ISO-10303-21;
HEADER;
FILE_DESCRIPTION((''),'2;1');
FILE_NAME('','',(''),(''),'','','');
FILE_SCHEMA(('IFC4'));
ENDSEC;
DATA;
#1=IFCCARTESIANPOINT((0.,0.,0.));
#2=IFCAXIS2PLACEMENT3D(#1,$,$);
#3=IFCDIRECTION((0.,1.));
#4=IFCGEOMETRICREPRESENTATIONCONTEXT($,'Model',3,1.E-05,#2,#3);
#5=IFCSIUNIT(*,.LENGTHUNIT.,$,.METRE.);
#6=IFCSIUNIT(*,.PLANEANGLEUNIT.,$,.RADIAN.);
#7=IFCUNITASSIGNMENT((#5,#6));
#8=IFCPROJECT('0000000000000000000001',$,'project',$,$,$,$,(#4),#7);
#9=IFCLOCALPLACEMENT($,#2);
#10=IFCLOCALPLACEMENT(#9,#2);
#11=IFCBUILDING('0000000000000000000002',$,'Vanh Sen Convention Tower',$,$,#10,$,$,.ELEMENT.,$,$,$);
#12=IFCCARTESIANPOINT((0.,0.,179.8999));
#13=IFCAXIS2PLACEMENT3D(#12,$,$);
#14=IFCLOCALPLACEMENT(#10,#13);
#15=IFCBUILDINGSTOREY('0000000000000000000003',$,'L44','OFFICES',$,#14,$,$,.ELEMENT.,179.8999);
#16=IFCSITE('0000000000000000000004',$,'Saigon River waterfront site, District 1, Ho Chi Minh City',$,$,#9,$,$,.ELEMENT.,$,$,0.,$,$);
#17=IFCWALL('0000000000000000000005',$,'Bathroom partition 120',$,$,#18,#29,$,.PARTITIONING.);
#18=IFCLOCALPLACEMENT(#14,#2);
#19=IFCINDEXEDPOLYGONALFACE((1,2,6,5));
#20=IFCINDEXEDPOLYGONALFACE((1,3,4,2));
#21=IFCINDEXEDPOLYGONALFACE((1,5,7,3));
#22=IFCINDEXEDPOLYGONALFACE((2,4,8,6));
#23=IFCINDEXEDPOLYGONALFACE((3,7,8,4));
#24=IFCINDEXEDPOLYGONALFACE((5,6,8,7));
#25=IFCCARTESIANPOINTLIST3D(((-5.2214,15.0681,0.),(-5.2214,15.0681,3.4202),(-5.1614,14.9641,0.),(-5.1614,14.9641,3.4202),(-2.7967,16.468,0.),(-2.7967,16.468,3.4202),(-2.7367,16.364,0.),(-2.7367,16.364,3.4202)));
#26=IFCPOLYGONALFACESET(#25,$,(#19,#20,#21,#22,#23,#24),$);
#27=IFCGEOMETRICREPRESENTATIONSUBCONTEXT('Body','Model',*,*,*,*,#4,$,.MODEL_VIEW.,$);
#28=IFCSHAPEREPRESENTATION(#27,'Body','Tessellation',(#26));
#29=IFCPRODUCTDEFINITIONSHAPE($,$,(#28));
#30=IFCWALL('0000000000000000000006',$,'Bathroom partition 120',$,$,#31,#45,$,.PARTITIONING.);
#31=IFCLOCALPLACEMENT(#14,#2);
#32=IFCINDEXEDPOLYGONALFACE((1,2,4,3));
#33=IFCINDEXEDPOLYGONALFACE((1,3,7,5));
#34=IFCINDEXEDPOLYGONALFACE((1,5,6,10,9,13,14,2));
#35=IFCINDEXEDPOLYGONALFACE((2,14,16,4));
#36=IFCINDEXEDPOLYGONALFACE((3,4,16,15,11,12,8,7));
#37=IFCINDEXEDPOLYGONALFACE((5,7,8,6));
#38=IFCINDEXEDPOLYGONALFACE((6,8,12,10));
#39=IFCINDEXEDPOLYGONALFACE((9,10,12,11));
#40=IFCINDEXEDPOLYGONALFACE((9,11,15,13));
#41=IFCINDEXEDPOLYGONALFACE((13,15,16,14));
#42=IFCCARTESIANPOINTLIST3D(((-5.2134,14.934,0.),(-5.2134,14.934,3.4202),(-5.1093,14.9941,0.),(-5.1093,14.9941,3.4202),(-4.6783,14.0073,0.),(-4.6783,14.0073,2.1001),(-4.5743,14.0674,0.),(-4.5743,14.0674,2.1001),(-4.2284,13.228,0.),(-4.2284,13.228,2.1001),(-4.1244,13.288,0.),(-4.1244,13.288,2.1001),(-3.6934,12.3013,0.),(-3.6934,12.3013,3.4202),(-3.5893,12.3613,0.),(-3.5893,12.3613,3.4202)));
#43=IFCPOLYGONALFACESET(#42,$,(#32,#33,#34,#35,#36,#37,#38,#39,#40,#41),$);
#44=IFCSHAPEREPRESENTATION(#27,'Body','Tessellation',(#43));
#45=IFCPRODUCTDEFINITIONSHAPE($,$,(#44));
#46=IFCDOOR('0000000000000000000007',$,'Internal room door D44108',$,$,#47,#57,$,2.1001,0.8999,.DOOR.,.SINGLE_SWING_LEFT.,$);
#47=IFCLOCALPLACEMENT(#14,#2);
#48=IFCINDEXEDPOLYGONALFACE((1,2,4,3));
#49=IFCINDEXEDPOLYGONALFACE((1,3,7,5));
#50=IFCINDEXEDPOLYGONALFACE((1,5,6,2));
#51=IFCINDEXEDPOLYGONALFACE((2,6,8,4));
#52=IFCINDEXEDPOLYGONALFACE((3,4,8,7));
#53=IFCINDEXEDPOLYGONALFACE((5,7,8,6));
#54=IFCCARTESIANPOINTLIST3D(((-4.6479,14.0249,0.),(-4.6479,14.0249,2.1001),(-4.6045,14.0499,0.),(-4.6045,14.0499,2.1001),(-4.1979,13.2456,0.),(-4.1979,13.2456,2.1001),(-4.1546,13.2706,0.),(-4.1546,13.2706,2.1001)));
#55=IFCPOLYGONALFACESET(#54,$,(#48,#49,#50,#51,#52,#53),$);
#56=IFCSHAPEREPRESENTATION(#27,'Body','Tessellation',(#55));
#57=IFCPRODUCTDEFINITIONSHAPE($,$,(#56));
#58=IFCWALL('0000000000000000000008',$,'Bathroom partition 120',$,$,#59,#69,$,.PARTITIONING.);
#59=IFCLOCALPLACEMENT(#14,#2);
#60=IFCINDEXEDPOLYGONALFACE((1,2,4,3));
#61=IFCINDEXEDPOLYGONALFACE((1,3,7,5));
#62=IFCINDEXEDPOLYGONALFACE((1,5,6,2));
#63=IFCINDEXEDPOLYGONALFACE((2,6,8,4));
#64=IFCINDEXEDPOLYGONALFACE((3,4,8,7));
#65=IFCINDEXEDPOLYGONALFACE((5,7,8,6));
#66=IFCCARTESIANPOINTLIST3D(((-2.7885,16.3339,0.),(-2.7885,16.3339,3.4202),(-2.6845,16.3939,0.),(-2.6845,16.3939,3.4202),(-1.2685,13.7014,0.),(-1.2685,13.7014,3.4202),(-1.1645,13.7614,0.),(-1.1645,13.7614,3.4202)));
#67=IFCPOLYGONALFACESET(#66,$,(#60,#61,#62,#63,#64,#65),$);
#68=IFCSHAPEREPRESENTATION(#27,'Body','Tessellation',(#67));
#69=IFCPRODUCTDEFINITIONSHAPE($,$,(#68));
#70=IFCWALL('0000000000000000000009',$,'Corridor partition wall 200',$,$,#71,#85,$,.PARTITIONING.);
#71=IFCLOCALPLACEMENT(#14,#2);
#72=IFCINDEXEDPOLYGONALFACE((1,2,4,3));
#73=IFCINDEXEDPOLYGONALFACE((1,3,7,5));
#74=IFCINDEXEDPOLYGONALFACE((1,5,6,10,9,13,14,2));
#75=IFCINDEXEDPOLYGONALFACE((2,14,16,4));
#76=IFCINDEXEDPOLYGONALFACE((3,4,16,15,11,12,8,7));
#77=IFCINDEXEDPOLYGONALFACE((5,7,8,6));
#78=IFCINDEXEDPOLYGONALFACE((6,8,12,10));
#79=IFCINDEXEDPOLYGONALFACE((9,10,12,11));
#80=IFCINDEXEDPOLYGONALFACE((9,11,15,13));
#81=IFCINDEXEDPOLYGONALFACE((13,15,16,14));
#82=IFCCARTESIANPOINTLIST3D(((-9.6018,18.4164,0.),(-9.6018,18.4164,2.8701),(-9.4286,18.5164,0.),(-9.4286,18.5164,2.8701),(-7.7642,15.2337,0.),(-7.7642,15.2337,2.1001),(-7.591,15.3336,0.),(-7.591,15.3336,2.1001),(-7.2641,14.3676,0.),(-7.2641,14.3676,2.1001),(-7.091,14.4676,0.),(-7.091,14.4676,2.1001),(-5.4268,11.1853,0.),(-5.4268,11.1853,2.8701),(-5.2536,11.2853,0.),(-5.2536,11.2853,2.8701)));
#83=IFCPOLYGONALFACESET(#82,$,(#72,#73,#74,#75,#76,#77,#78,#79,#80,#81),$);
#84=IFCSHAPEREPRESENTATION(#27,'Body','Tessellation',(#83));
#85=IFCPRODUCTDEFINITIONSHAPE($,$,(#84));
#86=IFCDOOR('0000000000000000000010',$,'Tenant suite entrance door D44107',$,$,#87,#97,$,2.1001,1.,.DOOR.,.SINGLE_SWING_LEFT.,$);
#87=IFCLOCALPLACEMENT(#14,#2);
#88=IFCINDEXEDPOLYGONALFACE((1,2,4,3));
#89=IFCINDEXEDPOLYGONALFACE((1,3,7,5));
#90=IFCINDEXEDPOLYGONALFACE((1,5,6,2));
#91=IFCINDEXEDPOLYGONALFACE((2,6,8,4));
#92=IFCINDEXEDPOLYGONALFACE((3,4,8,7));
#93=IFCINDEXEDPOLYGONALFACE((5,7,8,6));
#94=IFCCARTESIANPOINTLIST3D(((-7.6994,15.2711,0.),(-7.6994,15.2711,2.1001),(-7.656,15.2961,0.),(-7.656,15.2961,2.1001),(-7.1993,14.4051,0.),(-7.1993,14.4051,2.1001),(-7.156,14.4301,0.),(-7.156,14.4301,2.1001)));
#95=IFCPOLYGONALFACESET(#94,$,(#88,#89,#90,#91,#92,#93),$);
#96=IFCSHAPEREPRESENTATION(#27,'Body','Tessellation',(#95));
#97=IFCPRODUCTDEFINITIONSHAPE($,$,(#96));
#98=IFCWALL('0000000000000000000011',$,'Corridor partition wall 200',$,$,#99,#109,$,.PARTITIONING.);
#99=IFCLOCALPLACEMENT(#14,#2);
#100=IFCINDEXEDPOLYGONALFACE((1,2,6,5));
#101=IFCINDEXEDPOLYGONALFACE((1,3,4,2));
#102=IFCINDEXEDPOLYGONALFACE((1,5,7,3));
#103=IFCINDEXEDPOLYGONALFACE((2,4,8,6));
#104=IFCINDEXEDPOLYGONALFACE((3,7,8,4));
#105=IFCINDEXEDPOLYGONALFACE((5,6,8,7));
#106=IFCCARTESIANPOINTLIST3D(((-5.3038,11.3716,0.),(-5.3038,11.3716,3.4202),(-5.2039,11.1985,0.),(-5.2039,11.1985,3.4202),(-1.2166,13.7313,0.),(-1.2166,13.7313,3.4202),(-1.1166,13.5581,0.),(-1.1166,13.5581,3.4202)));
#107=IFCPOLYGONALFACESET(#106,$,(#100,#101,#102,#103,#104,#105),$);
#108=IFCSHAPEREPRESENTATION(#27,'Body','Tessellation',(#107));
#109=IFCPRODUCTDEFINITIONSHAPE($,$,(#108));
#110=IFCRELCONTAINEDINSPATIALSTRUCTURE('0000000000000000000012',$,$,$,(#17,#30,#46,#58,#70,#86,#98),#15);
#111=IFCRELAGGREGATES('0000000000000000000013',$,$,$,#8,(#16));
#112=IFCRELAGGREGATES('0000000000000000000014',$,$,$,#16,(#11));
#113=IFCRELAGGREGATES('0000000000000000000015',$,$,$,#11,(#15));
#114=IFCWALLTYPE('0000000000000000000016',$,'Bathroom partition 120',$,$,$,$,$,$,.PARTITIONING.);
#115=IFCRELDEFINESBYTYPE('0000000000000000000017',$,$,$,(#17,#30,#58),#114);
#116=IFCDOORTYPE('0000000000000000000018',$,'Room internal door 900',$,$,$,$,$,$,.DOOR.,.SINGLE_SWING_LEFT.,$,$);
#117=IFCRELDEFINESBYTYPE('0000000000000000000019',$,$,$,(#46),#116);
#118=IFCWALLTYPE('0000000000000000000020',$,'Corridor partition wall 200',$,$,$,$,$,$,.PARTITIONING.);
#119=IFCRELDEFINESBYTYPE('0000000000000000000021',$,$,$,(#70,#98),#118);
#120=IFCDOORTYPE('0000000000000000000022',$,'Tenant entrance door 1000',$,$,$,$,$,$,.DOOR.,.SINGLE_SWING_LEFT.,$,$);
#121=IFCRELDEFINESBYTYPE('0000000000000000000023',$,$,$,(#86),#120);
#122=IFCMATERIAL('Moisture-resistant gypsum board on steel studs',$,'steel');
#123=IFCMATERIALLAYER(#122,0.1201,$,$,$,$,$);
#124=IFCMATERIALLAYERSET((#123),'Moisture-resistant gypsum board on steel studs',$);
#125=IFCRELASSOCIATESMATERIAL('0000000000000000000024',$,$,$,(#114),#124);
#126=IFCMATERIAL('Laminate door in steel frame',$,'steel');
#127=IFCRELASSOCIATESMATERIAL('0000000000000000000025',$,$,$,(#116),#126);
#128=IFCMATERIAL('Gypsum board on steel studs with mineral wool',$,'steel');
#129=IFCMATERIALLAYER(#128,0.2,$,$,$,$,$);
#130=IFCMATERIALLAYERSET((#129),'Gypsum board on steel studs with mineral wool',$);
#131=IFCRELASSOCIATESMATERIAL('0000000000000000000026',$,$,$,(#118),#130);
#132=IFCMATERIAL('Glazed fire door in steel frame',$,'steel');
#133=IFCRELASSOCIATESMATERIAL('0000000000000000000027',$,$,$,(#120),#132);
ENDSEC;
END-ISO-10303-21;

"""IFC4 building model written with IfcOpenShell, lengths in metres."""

from ifc_helpers import new_model, si_unit, direction, frame, frame_2d, origin, place, context, subcontext, project, spatial, rectangle, extrude, material, layer, layer_set, type_object, element, fill, save


model = new_model("IFC4")

# Units and contexts
model_context = context("Model", 3, precision=1e-05, world=origin(), true_north=direction((0.0, 1.0)))
body_context = subcontext(model_context, "Body", "Model", "MODEL_VIEW")
ifc_project = project(units=[si_unit("LENGTHUNIT", "METRE"), si_unit("PLANEANGLEUNIT", "RADIAN")], contexts=[model_context])

# Site, building, storey
site_placement = place(None, origin())
site = spatial("IfcSite", under=ifc_project, at=site_placement, Name="Saigon River waterfront site, District 1, Ho Chi Minh City", CompositionType="ELEMENT", RefElevation=0.0)
building_placement = place(site_placement, origin())
building = spatial("IfcBuilding", under=site, at=building_placement, Name="Vanh Sen Convention Tower", CompositionType="ELEMENT")
storey_placement = place(building_placement, frame((0.0, 0.0, 179.8999)))
storey = spatial("IfcBuildingStorey", under=building, at=storey_placement, Name="L44", Description="OFFICES", CompositionType="ELEMENT", Elevation=179.8999)

# Wall
ifc_material_1 = material(Name="Moisture-resistant gypsum board on steel studs", Category="steel")
ifc_layer_1 = layer(ifc_material_1, 0.1201)
ifc_layer_set_1 = layer_set([ifc_layer_1], Name="Moisture-resistant gypsum board on steel studs")
wall_type_1 = type_object("IfcWallType", Name="Bathroom partition 120", PredefinedType="PARTITIONING", material=ifc_layer_set_1)
wall_1_placement = place(storey_placement, frame((-5.1914, 15.0161, 0.0), z_axis=(0.0, 0.0, 1.0), x_axis=(0.866035, 0.499984, 0.0)))
element("IfcWall", 1, at=wall_1_placement, inside=storey, type_object=wall_type_1, Name="Bathroom partition 120", PredefinedType="PARTITIONING", context=body_context, shape_type="SweptSolid", body=[
    extrude(rectangle(XDim=2.7998, YDim=0.1201, at=frame_2d((1.3999, 0.0))), origin(), (0.0, 0.0, 1.0), 3.4202),
])

# Wall, opening, door
wall_2_placement = place(storey_placement, frame((-3.6414, 12.3313, 0.0), z_axis=(0.0, 0.0, 1.0), x_axis=(-0.499991, 0.86603, 0.0)))
wall_2 = element("IfcWall", 2, at=wall_2_placement, inside=storey, type_object=wall_type_1, Name="Bathroom partition 120", PredefinedType="PARTITIONING", context=body_context, shape_type="SweptSolid", body=[
    extrude(rectangle(XDim=3.04, YDim=0.1201, at=frame_2d((1.52, 0.0))), origin(), (0.0, 0.0, 1.0), 3.4202),
])
opening_1_placement = place(wall_2_placement, frame((1.0701, 0.0, 0.0)))
opening_1 = element("IfcOpeningElement", 3, at=opening_1_placement, cuts=wall_2, PredefinedType="OPENING", context=body_context, shape_type="SweptSolid", body=[
    extrude(rectangle(XDim=0.8999, YDim=2.1001, at=frame_2d((0.45, 1.05))), frame((0.0, 0.0701, 0.0), z_axis=(0.0, -1.0, 0.0), x_axis=(1.0, 0.0, 0.0)), (0.0, 0.0, 1.0), 0.1401),
])
ifc_material_2 = material(Name="Laminate door in steel frame", Category="steel")
door_type_1 = type_object("IfcDoorType", Name="Room internal door 900", OperationType="SINGLE_SWING_LEFT", PredefinedType="DOOR", material=ifc_material_2)
door_1_placement = place(opening_1_placement, origin())
door_1 = element("IfcDoor", 4, at=door_1_placement, inside=storey, type_object=door_type_1, Name="Internal room door D44108", OperationType="SINGLE_SWING_LEFT", OverallHeight=2.1001, OverallWidth=0.8999, PredefinedType="DOOR", context=body_context, shape_type="SweptSolid", body=[
    extrude(rectangle(XDim=0.8999, YDim=2.1001, at=frame_2d((0.45, 1.05))), frame((0.0, 0.0249, 0.0), z_axis=(0.0, -1.0, 0.0), x_axis=(1.0, 0.0, 0.0)), (0.0, 0.0, 1.0), 0.05),
])
fill(opening_1, door_1)

# Wall
wall_3_placement = place(storey_placement, frame((-2.7366, 16.364, 0.0), z_axis=(0.0, 0.0, 1.0), x_axis=(0.500026, -0.86601, 0.0)))
element("IfcWall", 5, at=wall_3_placement, inside=storey, type_object=wall_type_1, Name="Bathroom partition 120", PredefinedType="PARTITIONING", context=body_context, shape_type="SweptSolid", body=[
    extrude(rectangle(XDim=3.0398, YDim=0.1201, at=frame_2d((1.52, 0.0))), origin(), (0.0, 0.0, 1.0), 3.4202),
])

# Wall, opening, door
ifc_material_3 = material(Name="Gypsum board on steel studs with mineral wool", Category="steel")
ifc_layer_2 = layer(ifc_material_3, 0.2)
ifc_layer_set_2 = layer_set([ifc_layer_2], Name="Gypsum board on steel studs with mineral wool")
wall_type_2 = type_object("IfcWallType", Name="Corridor partition wall 200", PredefinedType="PARTITIONING", material=ifc_layer_set_2)
wall_4_placement = place(storey_placement, frame((-9.5151, 18.4663, 0.0), z_axis=(0.0, 0.0, 1.0), x_axis=(0.50001, -0.86602, 0.0)))
wall_4 = element("IfcWall", 6, at=wall_4_placement, inside=storey, type_object=wall_type_2, Name="Corridor partition wall 200", PredefinedType="PARTITIONING", context=body_context, shape_type="SweptSolid", body=[
    extrude(rectangle(XDim=8.3499, YDim=0.2, at=frame_2d((4.1748, 0.0))), origin(), (0.0, 0.0, 1.0), 2.8701),
])
opening_2_placement = place(wall_4_placement, frame((3.675, 0.0, 0.0)))
opening_2 = element("IfcOpeningElement", 7, at=opening_2_placement, cuts=wall_4, PredefinedType="OPENING", context=body_context, shape_type="SweptSolid", body=[
    extrude(rectangle(XDim=1.0, YDim=2.1001, at=frame_2d((0.5, 1.05))), frame((0.0, 0.1099, 0.0), z_axis=(0.0, -1.0, 0.0), x_axis=(1.0, 0.0, 0.0)), (0.0, 0.0, 1.0), 0.22),
])
ifc_material_4 = material(Name="Glazed fire door in steel frame", Category="steel")
door_type_2 = type_object("IfcDoorType", Name="Tenant entrance door 1000", OperationType="SINGLE_SWING_LEFT", PredefinedType="DOOR", material=ifc_material_4)
door_2_placement = place(opening_2_placement, origin())
door_2 = element("IfcDoor", 8, at=door_2_placement, inside=storey, type_object=door_type_2, Name="Tenant suite entrance door D44107", OperationType="SINGLE_SWING_LEFT", OverallHeight=2.1001, OverallWidth=1.0, PredefinedType="DOOR", context=body_context, shape_type="SweptSolid", body=[
    extrude(rectangle(XDim=1.0, YDim=2.1001, at=frame_2d((0.5, 1.05))), frame((0.0, 0.0249, 0.0), z_axis=(0.0, -1.0, 0.0), x_axis=(1.0, 0.0, 0.0)), (0.0, 0.0, 1.0), 0.05),
])
fill(opening_2, door_2)

# Wall
wall_5_placement = place(storey_placement, frame((-1.1665, 13.6448, 0.0), z_axis=(0.0, 0.0, 1.0), x_axis=(-0.866035, -0.499984, 0.0)))
element("IfcWall", 9, at=wall_5_placement, inside=storey, type_object=wall_type_2, Name="Corridor partition wall 200", PredefinedType="PARTITIONING", context=body_context, shape_type="SweptSolid", body=[
    extrude(rectangle(XDim=4.7195, YDim=0.2, at=frame_2d((2.3599, 0.0))), origin(), (0.0, 0.0, 1.0), 3.4202),
])

save(model, "model.ifc")
